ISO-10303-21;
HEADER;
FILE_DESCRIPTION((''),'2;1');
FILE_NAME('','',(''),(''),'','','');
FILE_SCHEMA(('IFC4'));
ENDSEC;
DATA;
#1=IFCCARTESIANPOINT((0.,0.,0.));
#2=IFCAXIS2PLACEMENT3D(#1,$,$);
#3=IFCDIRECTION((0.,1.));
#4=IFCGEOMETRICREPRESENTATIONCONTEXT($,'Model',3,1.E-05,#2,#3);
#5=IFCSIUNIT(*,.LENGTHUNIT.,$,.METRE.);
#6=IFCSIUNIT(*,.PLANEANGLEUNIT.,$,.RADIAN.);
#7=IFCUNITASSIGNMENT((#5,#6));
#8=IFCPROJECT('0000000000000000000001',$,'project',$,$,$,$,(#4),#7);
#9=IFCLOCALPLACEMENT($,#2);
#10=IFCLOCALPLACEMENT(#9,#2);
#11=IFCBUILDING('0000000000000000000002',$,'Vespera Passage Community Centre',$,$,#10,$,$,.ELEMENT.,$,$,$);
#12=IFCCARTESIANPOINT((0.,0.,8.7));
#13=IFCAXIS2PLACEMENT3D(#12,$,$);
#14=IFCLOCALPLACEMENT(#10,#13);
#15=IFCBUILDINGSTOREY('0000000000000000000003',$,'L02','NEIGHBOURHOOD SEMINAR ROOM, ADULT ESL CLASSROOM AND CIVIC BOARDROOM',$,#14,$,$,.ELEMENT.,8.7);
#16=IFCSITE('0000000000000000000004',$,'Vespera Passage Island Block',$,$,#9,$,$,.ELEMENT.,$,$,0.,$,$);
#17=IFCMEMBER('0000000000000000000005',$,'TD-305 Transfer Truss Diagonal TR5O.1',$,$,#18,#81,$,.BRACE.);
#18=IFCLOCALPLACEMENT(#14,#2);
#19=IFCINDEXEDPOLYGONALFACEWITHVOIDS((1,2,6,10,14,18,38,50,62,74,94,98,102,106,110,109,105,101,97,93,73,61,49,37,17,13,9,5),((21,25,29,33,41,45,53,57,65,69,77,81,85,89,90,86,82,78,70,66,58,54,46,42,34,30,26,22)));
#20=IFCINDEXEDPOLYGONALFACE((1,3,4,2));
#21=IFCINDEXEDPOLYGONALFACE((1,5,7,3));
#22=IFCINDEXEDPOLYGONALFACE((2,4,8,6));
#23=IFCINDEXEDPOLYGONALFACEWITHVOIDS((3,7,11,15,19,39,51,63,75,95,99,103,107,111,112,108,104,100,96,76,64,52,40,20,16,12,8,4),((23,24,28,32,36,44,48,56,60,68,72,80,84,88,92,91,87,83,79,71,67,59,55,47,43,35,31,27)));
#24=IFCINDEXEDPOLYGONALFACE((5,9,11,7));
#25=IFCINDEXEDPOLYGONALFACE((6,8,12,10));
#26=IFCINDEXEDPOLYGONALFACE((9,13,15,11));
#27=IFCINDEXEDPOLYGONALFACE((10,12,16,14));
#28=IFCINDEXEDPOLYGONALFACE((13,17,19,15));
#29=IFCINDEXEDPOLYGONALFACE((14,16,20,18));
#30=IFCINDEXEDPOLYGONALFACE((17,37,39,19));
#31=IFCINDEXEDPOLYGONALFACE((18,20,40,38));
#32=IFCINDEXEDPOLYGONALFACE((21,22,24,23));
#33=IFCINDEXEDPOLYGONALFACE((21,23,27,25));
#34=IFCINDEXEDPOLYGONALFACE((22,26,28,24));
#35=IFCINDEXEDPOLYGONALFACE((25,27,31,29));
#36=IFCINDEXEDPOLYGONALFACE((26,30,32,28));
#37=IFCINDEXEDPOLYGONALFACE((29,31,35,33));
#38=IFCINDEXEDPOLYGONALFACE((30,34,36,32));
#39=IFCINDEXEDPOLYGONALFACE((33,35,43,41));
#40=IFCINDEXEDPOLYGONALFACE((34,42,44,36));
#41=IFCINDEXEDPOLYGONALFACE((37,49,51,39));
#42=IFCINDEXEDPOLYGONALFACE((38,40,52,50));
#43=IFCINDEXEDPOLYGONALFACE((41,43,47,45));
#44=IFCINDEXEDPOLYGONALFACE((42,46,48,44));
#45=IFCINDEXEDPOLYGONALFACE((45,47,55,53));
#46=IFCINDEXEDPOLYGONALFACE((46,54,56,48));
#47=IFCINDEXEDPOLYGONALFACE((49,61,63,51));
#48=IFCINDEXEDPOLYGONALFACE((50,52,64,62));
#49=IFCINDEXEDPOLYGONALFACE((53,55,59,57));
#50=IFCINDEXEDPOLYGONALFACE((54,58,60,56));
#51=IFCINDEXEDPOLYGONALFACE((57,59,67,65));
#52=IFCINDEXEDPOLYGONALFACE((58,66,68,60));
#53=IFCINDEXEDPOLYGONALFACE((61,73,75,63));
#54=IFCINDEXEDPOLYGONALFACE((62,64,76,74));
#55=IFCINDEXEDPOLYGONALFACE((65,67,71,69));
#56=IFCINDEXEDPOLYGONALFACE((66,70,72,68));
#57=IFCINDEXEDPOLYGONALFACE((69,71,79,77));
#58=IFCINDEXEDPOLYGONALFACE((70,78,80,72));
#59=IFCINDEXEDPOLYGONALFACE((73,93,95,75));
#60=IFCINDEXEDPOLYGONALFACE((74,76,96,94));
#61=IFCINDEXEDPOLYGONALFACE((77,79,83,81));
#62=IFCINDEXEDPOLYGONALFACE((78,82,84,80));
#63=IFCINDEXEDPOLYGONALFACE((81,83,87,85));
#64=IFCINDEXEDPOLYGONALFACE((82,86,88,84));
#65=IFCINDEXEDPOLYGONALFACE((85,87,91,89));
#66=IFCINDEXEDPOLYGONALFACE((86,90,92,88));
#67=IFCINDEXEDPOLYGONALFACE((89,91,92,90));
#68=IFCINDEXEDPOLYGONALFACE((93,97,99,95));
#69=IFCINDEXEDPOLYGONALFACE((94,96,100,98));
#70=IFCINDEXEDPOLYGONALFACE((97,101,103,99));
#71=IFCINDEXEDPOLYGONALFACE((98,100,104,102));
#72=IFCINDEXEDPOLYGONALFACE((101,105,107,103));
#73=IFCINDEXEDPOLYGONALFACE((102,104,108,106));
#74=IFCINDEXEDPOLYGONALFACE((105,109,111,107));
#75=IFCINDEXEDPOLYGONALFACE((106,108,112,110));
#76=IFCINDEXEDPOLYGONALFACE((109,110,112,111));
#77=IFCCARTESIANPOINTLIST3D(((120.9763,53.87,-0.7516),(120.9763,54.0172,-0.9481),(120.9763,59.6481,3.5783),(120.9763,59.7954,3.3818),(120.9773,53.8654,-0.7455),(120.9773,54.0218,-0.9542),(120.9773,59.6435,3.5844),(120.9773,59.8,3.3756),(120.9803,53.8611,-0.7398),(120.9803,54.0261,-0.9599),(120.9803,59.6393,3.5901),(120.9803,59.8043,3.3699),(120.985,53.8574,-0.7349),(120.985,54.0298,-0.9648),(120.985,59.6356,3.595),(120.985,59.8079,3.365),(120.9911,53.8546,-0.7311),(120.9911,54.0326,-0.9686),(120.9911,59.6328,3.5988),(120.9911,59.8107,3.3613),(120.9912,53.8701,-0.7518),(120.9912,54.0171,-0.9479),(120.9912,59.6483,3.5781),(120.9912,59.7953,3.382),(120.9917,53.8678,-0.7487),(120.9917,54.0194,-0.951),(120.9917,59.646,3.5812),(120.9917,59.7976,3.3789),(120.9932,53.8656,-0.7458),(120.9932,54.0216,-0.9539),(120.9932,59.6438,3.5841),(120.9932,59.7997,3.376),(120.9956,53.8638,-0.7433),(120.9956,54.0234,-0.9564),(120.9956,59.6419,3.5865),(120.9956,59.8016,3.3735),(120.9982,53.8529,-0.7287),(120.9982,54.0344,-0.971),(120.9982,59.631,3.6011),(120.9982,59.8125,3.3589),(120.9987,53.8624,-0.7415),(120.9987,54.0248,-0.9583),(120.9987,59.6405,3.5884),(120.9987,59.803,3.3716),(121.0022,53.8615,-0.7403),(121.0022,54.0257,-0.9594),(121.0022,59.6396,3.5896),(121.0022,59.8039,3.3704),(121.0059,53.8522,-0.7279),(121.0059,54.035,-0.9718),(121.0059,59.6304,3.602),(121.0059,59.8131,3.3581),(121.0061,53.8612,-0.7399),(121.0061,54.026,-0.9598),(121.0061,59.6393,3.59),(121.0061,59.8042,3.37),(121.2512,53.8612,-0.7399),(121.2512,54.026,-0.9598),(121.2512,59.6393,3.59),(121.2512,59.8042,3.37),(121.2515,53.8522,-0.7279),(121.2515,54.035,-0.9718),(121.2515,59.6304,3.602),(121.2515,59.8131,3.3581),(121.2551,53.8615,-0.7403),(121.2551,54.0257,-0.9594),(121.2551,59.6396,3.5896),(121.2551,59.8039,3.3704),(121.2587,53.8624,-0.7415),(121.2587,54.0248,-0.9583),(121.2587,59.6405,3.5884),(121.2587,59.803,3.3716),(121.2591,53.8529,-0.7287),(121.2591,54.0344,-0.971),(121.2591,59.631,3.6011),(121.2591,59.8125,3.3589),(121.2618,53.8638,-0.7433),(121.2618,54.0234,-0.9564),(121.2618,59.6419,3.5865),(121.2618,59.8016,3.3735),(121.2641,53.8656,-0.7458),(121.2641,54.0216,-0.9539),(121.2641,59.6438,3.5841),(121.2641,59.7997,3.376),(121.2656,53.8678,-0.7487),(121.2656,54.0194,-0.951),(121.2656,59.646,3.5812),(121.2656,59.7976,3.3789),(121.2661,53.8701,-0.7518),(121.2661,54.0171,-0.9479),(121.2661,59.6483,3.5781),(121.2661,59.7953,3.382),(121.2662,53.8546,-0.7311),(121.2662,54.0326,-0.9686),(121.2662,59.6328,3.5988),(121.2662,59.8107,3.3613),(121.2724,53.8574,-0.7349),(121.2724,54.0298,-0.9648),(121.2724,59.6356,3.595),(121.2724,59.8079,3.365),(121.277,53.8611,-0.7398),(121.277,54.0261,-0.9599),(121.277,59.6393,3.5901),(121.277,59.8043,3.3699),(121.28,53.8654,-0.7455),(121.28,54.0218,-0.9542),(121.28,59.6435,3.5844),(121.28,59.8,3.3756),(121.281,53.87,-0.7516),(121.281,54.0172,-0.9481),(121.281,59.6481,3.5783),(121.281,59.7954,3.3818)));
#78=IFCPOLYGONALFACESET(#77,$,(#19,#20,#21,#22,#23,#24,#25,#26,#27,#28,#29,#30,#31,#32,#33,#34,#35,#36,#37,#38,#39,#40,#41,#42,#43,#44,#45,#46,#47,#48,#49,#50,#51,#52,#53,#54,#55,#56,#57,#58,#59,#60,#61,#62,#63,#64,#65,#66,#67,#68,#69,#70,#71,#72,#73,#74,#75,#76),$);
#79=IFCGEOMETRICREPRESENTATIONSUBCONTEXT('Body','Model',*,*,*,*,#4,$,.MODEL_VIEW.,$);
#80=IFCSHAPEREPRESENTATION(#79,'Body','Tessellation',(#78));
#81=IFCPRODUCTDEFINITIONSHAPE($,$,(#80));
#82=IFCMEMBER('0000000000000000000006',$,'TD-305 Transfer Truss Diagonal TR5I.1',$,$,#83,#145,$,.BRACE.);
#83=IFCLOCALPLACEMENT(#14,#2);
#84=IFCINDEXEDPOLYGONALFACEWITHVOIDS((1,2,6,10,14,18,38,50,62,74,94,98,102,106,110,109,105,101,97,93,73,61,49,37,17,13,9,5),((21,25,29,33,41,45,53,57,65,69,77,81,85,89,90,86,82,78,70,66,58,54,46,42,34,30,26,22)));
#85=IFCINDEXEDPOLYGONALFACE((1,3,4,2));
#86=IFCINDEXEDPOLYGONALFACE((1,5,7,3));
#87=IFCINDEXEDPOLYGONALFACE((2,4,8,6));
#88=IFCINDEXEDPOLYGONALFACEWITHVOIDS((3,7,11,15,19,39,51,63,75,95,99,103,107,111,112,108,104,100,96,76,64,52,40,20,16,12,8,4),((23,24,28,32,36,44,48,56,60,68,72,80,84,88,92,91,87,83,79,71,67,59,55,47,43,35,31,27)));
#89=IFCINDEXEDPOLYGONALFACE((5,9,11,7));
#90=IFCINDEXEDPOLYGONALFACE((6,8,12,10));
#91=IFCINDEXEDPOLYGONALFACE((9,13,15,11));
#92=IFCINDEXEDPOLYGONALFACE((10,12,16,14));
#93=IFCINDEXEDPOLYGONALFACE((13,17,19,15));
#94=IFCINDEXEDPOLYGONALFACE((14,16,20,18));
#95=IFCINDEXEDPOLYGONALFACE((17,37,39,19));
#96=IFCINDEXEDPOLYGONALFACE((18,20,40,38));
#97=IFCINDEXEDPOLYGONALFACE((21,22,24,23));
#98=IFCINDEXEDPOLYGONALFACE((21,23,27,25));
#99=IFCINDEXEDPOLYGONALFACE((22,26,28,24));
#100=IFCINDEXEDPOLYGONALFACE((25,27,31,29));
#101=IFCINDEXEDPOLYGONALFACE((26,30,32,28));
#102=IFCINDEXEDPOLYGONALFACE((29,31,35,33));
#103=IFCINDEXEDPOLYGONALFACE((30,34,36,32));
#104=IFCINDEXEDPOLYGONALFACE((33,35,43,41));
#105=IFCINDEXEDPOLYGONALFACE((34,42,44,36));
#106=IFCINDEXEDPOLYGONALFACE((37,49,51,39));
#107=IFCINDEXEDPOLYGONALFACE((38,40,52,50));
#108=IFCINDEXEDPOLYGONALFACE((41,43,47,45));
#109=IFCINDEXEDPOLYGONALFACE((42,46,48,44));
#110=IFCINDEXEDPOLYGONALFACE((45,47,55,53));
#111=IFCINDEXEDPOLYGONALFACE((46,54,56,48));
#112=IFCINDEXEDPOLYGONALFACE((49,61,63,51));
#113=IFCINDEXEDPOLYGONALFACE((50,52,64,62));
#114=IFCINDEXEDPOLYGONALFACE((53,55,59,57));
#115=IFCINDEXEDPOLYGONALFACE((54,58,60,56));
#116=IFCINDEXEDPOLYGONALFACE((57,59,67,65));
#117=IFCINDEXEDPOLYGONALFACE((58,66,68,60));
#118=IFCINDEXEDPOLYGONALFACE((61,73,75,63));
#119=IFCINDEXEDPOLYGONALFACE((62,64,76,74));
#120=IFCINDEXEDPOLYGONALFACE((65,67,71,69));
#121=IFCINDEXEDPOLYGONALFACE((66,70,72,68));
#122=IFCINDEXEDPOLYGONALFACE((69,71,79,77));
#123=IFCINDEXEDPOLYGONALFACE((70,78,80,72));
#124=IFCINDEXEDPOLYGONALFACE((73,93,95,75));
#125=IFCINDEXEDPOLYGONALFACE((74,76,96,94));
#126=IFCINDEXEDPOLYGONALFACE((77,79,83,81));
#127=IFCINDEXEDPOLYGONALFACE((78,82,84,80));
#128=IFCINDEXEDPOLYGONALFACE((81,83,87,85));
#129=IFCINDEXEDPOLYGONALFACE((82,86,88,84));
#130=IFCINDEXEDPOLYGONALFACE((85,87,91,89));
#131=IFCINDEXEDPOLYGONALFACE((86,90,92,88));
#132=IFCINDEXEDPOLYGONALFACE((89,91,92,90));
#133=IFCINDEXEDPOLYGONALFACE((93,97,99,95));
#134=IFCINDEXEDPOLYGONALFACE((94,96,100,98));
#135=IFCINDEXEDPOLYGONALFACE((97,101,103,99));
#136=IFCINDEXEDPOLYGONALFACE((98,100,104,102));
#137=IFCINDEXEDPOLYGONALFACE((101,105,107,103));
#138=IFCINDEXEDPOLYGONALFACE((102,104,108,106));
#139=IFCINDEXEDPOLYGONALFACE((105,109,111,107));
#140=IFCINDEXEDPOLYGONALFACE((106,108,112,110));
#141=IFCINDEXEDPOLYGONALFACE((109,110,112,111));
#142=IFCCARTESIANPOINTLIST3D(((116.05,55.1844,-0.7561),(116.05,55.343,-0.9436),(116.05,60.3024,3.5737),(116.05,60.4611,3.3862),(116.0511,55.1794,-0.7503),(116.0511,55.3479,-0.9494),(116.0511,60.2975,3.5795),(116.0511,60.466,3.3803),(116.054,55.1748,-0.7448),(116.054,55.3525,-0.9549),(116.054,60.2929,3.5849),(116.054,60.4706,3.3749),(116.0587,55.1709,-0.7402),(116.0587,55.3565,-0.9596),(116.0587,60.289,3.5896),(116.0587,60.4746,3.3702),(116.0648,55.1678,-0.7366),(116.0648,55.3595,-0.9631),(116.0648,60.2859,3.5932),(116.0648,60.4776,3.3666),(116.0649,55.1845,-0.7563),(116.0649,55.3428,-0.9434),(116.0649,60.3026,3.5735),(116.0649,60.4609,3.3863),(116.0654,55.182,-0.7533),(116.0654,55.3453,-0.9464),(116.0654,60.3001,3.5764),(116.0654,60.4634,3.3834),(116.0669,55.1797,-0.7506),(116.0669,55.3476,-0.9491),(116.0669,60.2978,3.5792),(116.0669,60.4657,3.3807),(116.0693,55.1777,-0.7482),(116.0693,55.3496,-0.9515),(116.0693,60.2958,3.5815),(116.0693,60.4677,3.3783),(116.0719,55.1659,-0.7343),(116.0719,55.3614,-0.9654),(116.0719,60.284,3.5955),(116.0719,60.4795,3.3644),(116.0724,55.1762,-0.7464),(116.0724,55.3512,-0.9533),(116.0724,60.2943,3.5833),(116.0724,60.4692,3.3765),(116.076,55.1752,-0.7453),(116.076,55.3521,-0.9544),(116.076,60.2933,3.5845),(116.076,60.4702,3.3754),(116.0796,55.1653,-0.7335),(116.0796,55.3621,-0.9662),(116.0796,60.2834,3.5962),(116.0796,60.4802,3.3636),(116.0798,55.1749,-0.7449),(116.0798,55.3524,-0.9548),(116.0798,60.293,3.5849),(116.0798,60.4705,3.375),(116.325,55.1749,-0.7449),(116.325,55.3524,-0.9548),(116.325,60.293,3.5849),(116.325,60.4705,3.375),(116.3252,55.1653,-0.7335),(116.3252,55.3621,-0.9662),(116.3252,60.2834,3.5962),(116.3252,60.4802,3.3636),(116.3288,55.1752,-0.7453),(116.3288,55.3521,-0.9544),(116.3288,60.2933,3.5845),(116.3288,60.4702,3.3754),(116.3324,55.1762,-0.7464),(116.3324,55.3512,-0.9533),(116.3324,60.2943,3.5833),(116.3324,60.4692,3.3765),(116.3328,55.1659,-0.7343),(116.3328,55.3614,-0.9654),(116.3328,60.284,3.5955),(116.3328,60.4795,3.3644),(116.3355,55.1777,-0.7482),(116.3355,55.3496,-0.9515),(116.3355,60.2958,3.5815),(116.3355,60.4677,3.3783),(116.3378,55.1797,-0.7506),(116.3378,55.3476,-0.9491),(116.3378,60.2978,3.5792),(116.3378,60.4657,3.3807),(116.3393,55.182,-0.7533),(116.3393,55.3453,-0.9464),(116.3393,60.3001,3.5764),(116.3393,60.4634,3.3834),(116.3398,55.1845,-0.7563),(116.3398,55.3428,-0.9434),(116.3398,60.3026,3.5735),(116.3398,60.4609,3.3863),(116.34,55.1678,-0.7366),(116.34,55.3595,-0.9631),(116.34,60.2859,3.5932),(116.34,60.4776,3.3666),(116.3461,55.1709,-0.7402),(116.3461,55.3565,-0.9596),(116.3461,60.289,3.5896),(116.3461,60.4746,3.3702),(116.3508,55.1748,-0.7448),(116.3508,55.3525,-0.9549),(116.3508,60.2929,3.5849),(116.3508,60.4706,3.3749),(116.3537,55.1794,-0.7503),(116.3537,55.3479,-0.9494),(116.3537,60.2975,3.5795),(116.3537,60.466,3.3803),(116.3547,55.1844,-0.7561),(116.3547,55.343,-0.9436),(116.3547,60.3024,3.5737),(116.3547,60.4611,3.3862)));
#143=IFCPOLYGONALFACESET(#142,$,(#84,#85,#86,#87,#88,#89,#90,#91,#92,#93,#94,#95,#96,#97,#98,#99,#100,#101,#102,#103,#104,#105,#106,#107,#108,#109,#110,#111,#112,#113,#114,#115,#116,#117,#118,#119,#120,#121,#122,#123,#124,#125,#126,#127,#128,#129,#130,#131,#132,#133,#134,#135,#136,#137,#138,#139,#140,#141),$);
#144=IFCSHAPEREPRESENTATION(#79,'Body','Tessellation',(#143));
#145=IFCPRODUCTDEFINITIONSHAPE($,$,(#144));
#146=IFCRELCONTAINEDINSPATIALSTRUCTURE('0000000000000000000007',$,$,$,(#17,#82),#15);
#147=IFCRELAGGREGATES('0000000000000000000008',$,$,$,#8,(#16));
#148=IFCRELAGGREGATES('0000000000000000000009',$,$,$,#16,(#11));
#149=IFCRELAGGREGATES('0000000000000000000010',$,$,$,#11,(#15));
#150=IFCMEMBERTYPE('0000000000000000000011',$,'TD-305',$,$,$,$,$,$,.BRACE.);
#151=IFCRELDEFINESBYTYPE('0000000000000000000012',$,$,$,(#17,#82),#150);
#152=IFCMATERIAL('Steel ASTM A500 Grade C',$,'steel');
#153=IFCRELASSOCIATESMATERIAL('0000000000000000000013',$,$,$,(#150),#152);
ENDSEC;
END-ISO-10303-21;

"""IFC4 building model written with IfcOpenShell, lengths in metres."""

from ifc_helpers import new_model, si_unit, direction, frame, origin, origin_2d, place, context, subcontext, project, spatial, hollow_rectangle, extrude, material, material_profile, profile_set, type_object, element, save


model = new_model("IFC4")

# Units and contexts
model_context = context("Model", 3, precision=1e-05, world=origin(), true_north=direction((0.0, 1.0)))
body_context = subcontext(model_context, "Body", "Model", "MODEL_VIEW")
ifc_project = project(units=[si_unit("LENGTHUNIT", "METRE"), si_unit("PLANEANGLEUNIT", "RADIAN")], contexts=[model_context])

# Site, building, storey
site_placement = place(None, origin())
site = spatial("IfcSite", under=ifc_project, at=site_placement, Name="Vespera Passage Island Block", CompositionType="ELEMENT", RefElevation=0.0)
building_placement = place(site_placement, origin())
building = spatial("IfcBuilding", under=site, at=building_placement, Name="Vespera Passage Community Centre", CompositionType="ELEMENT")
storey_placement = place(building_placement, frame((0.0, 0.0, 8.7)))
storey = spatial("IfcBuildingStorey", under=building, at=storey_placement, Name="L02", Description="NEIGHBOURHOOD SEMINAR ROOM, ADULT ESL CLASSROOM AND CIVIC BOARDROOM", CompositionType="ELEMENT", Elevation=8.7)

# Members
ifc_material_1 = material(Name="Steel ASTM A500 Grade C", Category="steel")
ifc_material_profile_1 = material_profile(ifc_material_1, hollow_rectangle(XDim=0.3047, YDim=0.3047, WallThickness=0.0149, InnerFilletRadius=0.0149, OuterFilletRadius=0.0295, at=origin_2d()), Name="HSS305X305X15.9")
ifc_profile_set_1 = profile_set([ifc_material_profile_1], Name="Steel ASTM A500 Grade C")
member_type_1 = type_object("IfcMemberType", Name="TD-305", PredefinedType="BRACE", material=ifc_profile_set_1)
member_1_placement = place(storey_placement, frame((121.1287, 53.9436, -0.8499), z_axis=(0.0, 0.800247, 0.59967), x_axis=(-1.0, 0.0, 0.0)))
element("IfcMember", 1, at=member_1_placement, inside=storey, type_object=member_type_1, Name="TD-305 Transfer Truss Diagonal TR5O.1", PredefinedType="BRACE", context=body_context, shape_type="SweptSolid", body=[
    extrude(hollow_rectangle(XDim=0.3047, YDim=0.3047, WallThickness=0.0149, InnerFilletRadius=0.0149, OuterFilletRadius=0.0295, at=origin_2d()), origin(), (0.0, 0.0, 1.0), 7.2205),
])
member_2_placement = place(storey_placement, frame((116.2024, 55.2637, -0.8499), z_axis=(0.0, 0.763454, 0.645862), x_axis=(-1.0, 0.0, 0.0)))
element("IfcMember", 2, at=member_2_placement, inside=storey, type_object=member_type_1, Name="TD-305 Transfer Truss Diagonal TR5I.1", PredefinedType="BRACE", context=body_context, shape_type="SweptSolid", body=[
    extrude(hollow_rectangle(XDim=0.3047, YDim=0.3047, WallThickness=0.0149, InnerFilletRadius=0.0149, OuterFilletRadius=0.0295, at=origin_2d()), origin(), (0.0, 0.0, 1.0), 6.7039),
])

save(model, "model.ifc")
